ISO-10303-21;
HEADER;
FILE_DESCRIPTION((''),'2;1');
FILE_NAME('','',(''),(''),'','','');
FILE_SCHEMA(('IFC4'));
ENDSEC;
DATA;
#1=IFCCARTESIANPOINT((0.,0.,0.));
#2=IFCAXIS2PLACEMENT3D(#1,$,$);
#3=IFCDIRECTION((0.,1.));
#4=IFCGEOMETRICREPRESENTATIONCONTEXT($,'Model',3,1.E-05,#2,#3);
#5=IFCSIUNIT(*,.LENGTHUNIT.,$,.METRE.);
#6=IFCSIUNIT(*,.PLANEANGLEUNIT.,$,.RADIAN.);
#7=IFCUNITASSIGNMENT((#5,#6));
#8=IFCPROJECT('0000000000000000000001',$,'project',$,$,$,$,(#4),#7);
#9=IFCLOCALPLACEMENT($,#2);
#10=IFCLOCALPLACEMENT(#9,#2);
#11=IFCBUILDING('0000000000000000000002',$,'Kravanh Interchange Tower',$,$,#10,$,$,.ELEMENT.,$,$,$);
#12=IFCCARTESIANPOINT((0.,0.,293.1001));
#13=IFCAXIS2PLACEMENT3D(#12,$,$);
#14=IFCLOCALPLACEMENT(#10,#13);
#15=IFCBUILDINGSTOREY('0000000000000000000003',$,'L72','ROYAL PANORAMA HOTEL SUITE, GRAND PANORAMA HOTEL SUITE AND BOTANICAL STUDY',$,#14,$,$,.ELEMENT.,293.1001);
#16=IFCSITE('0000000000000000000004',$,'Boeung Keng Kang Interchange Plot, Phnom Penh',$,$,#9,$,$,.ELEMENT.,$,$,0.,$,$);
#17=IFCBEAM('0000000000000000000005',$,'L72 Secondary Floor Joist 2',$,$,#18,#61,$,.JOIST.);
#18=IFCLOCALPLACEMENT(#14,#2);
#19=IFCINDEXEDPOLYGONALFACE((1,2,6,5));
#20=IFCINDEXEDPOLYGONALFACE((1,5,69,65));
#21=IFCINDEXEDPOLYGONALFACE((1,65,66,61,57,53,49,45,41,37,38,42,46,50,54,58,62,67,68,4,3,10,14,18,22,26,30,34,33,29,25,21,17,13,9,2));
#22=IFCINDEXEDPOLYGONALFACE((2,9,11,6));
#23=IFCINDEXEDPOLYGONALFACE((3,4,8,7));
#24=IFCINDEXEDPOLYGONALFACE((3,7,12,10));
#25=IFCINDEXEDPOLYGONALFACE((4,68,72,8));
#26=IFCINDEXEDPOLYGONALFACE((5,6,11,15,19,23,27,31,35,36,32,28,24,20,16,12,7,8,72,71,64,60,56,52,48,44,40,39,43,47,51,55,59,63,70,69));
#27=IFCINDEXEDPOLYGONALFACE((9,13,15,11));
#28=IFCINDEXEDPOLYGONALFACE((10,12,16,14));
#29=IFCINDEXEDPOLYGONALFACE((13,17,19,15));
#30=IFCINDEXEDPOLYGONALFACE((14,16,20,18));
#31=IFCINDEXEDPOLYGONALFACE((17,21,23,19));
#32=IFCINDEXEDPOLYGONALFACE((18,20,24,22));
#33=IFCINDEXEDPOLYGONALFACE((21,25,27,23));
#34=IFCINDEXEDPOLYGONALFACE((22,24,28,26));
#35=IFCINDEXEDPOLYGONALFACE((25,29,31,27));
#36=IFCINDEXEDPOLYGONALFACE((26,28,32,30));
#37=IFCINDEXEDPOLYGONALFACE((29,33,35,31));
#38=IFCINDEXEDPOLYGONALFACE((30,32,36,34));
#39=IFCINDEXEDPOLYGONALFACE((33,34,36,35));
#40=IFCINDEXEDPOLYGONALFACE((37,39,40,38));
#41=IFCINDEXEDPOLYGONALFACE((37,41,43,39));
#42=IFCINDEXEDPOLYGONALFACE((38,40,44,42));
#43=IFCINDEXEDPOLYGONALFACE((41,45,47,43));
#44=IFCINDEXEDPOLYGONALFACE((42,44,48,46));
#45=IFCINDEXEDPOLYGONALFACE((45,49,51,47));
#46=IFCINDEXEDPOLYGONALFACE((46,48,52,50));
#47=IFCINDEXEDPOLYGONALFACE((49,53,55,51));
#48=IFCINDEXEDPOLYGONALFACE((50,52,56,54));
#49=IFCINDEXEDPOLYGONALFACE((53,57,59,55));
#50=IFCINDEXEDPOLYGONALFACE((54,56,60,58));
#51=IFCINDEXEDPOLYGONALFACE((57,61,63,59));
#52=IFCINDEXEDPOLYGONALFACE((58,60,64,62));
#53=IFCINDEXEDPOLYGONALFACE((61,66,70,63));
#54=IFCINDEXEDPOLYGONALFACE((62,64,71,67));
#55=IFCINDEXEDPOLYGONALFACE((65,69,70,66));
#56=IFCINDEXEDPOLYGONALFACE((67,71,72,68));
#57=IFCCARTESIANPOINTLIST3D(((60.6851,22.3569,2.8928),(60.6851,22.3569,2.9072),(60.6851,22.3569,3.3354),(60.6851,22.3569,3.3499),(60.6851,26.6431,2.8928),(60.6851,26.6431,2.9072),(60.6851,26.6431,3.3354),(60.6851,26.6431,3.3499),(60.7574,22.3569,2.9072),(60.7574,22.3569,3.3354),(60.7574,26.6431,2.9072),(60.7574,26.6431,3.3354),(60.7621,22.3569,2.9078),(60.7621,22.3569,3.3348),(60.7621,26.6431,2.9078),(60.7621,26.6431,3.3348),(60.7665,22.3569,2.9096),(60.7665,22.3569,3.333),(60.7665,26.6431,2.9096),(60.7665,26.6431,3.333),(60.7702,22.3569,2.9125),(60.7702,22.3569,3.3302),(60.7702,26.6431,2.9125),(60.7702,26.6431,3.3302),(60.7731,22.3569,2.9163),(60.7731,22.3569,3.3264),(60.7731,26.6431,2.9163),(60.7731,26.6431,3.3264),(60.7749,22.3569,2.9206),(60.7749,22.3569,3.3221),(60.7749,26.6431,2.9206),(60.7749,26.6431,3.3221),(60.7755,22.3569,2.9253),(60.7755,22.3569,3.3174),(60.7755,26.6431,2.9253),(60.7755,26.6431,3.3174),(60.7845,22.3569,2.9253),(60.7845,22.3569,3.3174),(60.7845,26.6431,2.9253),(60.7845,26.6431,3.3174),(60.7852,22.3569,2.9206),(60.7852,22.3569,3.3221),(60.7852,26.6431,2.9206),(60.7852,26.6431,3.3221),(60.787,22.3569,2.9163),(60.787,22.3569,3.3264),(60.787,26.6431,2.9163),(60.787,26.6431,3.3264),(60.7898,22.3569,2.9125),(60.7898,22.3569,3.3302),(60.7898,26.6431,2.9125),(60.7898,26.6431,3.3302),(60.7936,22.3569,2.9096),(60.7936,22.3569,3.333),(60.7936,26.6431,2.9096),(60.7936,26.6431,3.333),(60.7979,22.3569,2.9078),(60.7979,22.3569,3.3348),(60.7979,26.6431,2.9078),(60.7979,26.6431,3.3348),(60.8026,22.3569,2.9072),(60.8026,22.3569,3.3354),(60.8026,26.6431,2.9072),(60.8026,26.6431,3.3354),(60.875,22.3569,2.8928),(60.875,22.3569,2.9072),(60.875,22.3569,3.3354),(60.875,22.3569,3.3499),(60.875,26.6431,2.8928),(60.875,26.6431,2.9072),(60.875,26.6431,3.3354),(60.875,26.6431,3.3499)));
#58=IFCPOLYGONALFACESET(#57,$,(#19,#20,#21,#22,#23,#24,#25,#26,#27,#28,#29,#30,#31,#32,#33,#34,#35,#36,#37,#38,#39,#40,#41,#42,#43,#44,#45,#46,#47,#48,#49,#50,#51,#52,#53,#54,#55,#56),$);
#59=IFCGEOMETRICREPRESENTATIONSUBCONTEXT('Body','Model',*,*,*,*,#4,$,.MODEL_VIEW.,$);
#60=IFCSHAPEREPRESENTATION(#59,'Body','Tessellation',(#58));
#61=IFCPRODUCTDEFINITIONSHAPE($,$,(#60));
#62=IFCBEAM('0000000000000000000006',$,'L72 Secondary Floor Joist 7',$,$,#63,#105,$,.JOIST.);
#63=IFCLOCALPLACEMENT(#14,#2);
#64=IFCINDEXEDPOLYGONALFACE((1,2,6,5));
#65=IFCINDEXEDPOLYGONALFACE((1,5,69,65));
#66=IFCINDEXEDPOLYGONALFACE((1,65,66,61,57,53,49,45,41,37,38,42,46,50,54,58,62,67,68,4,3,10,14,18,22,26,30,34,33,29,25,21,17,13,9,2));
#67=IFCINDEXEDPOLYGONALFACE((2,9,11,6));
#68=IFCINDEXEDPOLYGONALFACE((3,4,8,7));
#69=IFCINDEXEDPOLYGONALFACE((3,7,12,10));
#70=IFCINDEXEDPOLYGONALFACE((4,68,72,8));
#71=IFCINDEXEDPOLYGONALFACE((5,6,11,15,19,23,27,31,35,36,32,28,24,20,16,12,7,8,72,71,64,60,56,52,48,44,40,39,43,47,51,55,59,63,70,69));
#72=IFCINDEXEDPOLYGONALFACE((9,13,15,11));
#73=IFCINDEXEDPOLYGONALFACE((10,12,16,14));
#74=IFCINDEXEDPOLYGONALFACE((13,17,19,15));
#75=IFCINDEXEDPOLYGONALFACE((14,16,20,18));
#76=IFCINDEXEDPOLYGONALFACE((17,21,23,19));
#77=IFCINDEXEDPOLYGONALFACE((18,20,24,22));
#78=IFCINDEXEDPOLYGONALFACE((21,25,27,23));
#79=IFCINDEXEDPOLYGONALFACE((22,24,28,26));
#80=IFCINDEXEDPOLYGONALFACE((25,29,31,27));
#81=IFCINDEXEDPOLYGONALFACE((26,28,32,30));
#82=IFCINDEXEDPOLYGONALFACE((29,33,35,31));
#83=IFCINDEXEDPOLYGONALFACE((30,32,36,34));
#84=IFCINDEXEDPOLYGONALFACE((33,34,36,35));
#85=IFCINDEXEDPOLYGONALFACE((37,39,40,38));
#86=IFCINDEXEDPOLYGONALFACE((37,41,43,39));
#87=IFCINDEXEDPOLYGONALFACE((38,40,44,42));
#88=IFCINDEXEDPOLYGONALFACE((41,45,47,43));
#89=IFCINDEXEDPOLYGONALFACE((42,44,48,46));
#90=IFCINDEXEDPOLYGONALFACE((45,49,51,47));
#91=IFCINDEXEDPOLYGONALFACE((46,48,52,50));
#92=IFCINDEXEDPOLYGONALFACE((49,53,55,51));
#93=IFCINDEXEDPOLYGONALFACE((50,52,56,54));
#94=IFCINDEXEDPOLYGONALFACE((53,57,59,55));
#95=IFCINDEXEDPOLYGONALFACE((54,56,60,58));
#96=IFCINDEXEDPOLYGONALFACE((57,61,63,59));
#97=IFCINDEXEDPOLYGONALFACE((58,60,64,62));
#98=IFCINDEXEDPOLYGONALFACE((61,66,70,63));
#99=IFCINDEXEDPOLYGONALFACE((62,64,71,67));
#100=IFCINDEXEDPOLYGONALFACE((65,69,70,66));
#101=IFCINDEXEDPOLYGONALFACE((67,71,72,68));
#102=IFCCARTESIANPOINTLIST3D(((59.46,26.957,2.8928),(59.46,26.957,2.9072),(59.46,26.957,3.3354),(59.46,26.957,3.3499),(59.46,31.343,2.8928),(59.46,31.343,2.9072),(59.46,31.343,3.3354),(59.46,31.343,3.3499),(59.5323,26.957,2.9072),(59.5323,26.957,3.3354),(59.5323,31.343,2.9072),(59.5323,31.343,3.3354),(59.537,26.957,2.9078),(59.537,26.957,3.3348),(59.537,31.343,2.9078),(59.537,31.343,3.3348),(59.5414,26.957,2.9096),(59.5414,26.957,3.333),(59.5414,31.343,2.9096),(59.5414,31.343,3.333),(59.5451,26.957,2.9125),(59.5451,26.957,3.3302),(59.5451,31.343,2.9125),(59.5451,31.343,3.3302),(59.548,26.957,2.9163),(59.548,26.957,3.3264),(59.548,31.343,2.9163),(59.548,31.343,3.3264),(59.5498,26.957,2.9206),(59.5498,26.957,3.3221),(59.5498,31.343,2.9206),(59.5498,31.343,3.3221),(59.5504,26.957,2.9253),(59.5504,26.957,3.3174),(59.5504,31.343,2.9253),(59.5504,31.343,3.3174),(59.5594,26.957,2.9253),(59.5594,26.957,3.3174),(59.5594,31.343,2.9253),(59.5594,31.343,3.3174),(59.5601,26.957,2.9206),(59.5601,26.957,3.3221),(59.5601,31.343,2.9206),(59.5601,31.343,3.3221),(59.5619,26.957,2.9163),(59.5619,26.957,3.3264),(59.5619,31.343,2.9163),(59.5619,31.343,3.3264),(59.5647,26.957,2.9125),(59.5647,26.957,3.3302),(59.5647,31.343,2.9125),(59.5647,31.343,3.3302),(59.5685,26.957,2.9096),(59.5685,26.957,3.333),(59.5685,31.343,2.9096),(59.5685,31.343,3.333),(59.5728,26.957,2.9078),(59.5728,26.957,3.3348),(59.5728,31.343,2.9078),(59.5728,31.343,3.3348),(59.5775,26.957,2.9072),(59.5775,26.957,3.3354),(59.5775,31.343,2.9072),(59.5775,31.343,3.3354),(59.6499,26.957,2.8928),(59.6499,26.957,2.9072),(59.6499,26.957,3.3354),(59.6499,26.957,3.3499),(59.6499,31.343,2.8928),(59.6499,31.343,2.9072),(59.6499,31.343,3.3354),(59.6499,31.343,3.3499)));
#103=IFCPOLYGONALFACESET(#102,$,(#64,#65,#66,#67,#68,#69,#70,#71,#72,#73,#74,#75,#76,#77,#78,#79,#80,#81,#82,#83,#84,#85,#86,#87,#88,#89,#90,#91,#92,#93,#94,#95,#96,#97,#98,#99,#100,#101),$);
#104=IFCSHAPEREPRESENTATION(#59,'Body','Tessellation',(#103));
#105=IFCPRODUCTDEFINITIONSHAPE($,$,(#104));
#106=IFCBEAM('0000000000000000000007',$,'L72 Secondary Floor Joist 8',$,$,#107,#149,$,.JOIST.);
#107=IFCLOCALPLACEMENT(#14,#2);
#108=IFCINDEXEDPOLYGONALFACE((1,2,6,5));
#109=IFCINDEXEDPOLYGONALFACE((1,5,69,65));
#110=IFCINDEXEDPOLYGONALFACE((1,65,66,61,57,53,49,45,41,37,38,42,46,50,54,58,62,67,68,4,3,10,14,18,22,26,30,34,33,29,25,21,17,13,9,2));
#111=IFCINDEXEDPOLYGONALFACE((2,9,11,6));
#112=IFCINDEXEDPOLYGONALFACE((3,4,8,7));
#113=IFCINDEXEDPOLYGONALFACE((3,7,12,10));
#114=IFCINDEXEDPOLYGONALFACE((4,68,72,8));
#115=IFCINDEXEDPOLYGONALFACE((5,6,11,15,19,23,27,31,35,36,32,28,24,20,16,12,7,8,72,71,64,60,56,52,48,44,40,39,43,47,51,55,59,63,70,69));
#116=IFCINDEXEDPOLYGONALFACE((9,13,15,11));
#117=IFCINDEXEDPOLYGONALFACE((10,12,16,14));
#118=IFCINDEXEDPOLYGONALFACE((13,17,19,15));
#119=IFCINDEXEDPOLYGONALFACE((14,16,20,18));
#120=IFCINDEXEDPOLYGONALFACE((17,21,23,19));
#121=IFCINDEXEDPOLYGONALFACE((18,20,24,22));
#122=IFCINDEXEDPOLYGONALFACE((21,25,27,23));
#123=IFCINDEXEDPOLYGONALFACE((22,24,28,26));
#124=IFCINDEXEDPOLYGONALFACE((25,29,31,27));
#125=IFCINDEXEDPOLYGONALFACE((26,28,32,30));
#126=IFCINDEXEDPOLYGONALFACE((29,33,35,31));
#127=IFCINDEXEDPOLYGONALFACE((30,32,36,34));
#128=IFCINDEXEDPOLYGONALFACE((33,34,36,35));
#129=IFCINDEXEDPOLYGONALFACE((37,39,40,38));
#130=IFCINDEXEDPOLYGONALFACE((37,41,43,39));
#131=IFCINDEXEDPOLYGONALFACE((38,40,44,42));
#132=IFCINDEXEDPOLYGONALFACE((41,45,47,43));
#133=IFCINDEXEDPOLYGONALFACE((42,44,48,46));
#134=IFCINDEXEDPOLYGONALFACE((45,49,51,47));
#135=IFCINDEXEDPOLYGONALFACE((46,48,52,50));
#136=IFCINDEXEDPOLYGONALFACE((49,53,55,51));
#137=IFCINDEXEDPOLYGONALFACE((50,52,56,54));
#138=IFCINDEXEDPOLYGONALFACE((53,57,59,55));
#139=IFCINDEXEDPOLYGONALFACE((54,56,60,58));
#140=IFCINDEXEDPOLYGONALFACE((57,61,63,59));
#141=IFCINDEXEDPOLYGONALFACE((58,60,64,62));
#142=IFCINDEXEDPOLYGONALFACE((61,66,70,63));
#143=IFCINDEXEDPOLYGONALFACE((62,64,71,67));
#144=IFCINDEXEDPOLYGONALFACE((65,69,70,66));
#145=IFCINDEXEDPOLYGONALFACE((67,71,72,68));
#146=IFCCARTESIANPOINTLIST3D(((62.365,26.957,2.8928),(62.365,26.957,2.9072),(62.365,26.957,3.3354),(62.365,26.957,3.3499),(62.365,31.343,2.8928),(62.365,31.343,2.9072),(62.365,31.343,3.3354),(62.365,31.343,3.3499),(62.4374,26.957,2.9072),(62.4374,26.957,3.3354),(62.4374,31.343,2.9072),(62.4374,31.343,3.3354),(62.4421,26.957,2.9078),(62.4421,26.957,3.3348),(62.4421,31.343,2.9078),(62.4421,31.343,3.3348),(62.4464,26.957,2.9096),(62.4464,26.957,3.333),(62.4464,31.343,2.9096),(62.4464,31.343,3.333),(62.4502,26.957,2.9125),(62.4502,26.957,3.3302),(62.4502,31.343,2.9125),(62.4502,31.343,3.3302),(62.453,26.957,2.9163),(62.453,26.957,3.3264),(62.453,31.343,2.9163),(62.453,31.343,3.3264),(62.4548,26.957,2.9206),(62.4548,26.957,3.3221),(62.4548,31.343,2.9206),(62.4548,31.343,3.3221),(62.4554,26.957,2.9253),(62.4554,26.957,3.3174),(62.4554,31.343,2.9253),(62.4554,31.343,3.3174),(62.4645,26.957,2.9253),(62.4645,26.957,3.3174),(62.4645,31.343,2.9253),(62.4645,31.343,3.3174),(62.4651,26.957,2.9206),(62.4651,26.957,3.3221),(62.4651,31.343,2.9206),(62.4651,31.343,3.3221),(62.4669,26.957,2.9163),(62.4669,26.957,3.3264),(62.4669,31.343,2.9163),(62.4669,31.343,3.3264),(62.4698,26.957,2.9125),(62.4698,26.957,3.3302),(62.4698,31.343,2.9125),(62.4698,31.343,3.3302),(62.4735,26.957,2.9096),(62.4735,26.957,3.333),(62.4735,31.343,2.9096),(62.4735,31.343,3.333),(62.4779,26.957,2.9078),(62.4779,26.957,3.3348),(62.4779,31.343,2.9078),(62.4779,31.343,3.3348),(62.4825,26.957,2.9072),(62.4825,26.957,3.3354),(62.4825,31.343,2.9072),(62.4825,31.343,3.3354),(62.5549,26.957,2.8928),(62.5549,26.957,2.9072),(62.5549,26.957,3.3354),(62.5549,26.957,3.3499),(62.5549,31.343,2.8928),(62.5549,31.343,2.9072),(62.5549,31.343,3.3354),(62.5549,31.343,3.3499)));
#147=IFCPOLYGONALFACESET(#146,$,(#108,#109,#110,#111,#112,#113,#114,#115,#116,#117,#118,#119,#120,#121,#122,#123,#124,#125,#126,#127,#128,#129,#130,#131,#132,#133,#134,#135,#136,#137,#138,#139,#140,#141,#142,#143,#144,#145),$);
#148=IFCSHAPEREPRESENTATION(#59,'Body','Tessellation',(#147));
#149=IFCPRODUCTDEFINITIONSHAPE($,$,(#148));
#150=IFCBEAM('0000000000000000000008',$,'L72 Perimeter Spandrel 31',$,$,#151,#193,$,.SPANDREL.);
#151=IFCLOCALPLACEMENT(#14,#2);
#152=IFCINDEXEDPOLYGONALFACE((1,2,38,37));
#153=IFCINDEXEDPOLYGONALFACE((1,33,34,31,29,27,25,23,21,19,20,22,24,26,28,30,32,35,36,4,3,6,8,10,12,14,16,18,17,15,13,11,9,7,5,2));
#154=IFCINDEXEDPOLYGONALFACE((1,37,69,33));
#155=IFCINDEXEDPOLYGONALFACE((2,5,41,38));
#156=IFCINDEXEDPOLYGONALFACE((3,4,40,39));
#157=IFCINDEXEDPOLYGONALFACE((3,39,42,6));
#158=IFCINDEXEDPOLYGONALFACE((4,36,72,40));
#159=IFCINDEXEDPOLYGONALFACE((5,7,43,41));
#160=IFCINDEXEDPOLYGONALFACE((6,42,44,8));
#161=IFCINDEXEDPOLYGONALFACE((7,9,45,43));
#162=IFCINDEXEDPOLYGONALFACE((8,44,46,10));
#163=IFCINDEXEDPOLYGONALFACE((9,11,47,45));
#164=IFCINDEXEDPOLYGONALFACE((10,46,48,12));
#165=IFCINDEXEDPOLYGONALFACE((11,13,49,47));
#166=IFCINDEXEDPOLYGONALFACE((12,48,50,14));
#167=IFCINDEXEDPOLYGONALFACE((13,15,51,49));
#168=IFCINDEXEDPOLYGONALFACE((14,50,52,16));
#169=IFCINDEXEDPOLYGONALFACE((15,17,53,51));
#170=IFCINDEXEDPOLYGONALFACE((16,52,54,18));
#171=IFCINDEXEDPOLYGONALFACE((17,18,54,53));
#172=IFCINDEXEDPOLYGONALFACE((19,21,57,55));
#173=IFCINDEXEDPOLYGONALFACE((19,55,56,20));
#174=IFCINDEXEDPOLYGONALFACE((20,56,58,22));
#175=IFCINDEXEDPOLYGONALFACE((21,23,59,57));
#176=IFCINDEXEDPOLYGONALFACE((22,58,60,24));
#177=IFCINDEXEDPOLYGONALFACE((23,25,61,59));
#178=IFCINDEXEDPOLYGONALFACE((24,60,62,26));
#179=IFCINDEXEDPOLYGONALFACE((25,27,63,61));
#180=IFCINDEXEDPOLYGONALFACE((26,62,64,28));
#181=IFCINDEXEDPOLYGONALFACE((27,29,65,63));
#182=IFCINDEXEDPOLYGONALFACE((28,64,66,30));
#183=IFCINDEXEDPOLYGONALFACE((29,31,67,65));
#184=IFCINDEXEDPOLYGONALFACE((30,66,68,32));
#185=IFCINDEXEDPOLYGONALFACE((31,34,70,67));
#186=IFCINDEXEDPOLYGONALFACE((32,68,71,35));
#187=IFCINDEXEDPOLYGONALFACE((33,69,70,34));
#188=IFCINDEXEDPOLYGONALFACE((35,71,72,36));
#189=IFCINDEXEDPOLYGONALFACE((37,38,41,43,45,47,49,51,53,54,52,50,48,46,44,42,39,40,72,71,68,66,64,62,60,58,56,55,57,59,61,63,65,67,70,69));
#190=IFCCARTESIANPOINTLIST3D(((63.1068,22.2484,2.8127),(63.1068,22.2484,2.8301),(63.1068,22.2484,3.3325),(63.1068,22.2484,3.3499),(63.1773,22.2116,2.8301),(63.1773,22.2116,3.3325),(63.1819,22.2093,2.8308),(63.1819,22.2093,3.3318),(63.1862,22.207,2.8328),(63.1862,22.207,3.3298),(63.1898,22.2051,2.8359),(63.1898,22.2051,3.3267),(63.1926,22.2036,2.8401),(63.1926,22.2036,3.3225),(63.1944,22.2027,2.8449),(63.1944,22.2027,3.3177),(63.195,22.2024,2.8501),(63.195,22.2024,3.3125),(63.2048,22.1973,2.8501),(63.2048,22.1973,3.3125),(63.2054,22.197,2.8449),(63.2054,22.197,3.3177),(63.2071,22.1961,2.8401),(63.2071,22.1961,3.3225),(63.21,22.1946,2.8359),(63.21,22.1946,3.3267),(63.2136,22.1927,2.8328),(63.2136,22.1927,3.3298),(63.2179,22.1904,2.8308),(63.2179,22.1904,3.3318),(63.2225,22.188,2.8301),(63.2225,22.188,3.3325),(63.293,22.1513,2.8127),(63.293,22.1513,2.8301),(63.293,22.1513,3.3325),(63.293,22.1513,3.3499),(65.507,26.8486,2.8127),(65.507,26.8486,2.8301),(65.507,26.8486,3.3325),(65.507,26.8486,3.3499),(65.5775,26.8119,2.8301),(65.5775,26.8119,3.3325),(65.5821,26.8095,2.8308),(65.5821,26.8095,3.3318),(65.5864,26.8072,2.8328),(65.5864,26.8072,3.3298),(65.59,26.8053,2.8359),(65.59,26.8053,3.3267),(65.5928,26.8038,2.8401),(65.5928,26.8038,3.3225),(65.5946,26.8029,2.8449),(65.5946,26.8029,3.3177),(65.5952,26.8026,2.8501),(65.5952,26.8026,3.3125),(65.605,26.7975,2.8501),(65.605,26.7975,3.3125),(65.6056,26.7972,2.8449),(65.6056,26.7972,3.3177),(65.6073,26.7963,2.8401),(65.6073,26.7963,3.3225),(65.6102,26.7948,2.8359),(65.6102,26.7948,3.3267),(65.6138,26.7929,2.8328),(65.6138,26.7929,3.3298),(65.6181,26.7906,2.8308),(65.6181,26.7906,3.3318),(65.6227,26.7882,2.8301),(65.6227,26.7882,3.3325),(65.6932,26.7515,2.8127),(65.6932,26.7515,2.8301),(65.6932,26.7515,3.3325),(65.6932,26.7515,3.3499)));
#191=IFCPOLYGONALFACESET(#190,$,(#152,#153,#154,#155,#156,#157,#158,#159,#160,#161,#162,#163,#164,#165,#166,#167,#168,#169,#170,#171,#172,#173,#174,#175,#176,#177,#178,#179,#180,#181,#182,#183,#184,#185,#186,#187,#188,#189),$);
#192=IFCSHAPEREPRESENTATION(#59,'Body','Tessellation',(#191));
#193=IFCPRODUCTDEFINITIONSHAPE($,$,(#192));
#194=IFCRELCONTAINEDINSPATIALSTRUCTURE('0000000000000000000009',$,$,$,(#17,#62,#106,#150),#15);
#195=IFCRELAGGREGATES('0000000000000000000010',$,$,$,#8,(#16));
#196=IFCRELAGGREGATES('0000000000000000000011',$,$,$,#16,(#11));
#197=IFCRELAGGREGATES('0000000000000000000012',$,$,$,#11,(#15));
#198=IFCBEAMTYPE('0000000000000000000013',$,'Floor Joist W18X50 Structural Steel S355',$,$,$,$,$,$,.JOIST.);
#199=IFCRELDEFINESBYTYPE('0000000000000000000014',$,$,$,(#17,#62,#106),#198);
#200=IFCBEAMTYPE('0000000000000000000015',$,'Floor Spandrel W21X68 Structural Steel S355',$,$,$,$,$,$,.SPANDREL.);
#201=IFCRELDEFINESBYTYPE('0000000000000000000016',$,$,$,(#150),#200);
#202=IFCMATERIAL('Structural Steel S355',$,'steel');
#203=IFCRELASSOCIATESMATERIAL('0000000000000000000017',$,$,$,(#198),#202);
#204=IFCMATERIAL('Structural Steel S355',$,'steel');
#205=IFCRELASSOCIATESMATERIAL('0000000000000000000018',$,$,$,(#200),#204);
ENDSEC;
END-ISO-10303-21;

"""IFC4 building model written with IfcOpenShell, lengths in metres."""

from ifc_helpers import new_model, si_unit, direction, frame, origin, origin_2d, place, context, subcontext, project, spatial, i_section, extrude, material, material_profile, profile_set, type_object, element, save


model = new_model("IFC4")

# Units and contexts
model_context = context("Model", 3, precision=1e-05, world=origin(), true_north=direction((0.0, 1.0)))
body_context = subcontext(model_context, "Body", "Model", "MODEL_VIEW")
ifc_project = project(units=[si_unit("LENGTHUNIT", "METRE"), si_unit("PLANEANGLEUNIT", "RADIAN")], contexts=[model_context])

# Site, building, storey
site_placement = place(None, origin())
site = spatial("IfcSite", under=ifc_project, at=site_placement, Name="Boeung Keng Kang Interchange Plot, Phnom Penh", CompositionType="ELEMENT", RefElevation=0.0)
building_placement = place(site_placement, origin())
building = spatial("IfcBuilding", under=site, at=building_placement, Name="Kravanh Interchange Tower", CompositionType="ELEMENT")
storey_placement = place(building_placement, frame((0.0, 0.0, 293.1001)))
storey = spatial("IfcBuildingStorey", under=building, at=storey_placement, Name="L72", Description="ROYAL PANORAMA HOTEL SUITE, GRAND PANORAMA HOTEL SUITE AND BOTANICAL STUDY", CompositionType="ELEMENT", Elevation=293.1001)

# Beams
ifc_material_1 = material(Name="Structural Steel S355", Category="steel")
ifc_material_profile_1 = material_profile(ifc_material_1, i_section(OverallWidth=0.1899, OverallDepth=0.457, WebThickness=0.009, FlangeThickness=0.0144, FilletRadius=0.0181, at=origin_2d()), Name="W18X50")
ifc_profile_set_1 = profile_set([ifc_material_profile_1], Name="Structural Steel S355")
beam_type_1 = type_object("IfcBeamType", Name="Floor Joist W18X50 Structural Steel S355", PredefinedType="JOIST", material=ifc_profile_set_1)
for number, where, z_axis, x_axis, name in (
    (1, (60.78, 22.3569, 3.1213), (0.0, 1.0, 0.0), (-1.0, 0.0, 0.0), "L72 Secondary Floor Joist 2"),
):
    element("IfcBeam", number, at=place(storey_placement, frame(where, z_axis=z_axis, x_axis=x_axis)), inside=storey, type_object=beam_type_1, Name=name, PredefinedType="JOIST", context=body_context, shape_type="SweptSolid", body=[
        extrude(i_section(OverallWidth=0.1899, OverallDepth=0.457, WebThickness=0.009, FlangeThickness=0.0144, FilletRadius=0.0181, at=origin_2d()), origin(), (0.0, 0.0, 1.0), 4.2861),
    ])
for number, where, z_axis, x_axis, name in (
    (2, (59.5549, 26.957, 3.1213), (0.0, 1.0, 0.0), (-1.0, 0.0, 0.0), "L72 Secondary Floor Joist 7"),
    (3, (62.46, 26.957, 3.1213), (0.0, 1.0, 0.0), (-1.0, 0.0, 0.0), "L72 Secondary Floor Joist 8"),
):
    element("IfcBeam", number, at=place(storey_placement, frame(where, z_axis=z_axis, x_axis=x_axis)), inside=storey, type_object=beam_type_1, Name=name, PredefinedType="JOIST", context=body_context, shape_type="SweptSolid", body=[
        extrude(i_section(OverallWidth=0.1899, OverallDepth=0.457, WebThickness=0.009, FlangeThickness=0.0144, FilletRadius=0.0181, at=origin_2d()), origin(), (0.0, 0.0, 1.0), 4.386),
    ])
ifc_material_2 = material(Name="Structural Steel S355", Category="steel")
ifc_material_profile_2 = material_profile(ifc_material_2, i_section(OverallWidth=0.21, OverallDepth=0.5371, WebThickness=0.011, FlangeThickness=0.0173, FilletRadius=0.02, at=origin_2d()), Name="W21X68")
ifc_profile_set_2 = profile_set([ifc_material_profile_2], Name="Structural Steel S355")
beam_type_2 = type_object("IfcBeamType", Name="Floor Spandrel W21X68 Structural Steel S355", PredefinedType="SPANDREL", material=ifc_profile_set_2)
beam_1_placement = place(storey_placement, frame((65.6001, 26.8, 3.0813), z_axis=(-0.46258, -0.886577, 0.0), x_axis=(0.886577, -0.46258, 0.0)))
element("IfcBeam", 4, at=beam_1_placement, inside=storey, type_object=beam_type_2, Name="L72 Perimeter Spandrel 31", PredefinedType="SPANDREL", context=body_context, shape_type="SweptSolid", body=[
    extrude(i_section(OverallWidth=0.21, OverallDepth=0.5371, WebThickness=0.011, FlangeThickness=0.0173, FilletRadius=0.02, at=origin_2d()), origin(), (0.0, 0.0, 1.0), 5.1887),
])

save(model, "model.ifc")
